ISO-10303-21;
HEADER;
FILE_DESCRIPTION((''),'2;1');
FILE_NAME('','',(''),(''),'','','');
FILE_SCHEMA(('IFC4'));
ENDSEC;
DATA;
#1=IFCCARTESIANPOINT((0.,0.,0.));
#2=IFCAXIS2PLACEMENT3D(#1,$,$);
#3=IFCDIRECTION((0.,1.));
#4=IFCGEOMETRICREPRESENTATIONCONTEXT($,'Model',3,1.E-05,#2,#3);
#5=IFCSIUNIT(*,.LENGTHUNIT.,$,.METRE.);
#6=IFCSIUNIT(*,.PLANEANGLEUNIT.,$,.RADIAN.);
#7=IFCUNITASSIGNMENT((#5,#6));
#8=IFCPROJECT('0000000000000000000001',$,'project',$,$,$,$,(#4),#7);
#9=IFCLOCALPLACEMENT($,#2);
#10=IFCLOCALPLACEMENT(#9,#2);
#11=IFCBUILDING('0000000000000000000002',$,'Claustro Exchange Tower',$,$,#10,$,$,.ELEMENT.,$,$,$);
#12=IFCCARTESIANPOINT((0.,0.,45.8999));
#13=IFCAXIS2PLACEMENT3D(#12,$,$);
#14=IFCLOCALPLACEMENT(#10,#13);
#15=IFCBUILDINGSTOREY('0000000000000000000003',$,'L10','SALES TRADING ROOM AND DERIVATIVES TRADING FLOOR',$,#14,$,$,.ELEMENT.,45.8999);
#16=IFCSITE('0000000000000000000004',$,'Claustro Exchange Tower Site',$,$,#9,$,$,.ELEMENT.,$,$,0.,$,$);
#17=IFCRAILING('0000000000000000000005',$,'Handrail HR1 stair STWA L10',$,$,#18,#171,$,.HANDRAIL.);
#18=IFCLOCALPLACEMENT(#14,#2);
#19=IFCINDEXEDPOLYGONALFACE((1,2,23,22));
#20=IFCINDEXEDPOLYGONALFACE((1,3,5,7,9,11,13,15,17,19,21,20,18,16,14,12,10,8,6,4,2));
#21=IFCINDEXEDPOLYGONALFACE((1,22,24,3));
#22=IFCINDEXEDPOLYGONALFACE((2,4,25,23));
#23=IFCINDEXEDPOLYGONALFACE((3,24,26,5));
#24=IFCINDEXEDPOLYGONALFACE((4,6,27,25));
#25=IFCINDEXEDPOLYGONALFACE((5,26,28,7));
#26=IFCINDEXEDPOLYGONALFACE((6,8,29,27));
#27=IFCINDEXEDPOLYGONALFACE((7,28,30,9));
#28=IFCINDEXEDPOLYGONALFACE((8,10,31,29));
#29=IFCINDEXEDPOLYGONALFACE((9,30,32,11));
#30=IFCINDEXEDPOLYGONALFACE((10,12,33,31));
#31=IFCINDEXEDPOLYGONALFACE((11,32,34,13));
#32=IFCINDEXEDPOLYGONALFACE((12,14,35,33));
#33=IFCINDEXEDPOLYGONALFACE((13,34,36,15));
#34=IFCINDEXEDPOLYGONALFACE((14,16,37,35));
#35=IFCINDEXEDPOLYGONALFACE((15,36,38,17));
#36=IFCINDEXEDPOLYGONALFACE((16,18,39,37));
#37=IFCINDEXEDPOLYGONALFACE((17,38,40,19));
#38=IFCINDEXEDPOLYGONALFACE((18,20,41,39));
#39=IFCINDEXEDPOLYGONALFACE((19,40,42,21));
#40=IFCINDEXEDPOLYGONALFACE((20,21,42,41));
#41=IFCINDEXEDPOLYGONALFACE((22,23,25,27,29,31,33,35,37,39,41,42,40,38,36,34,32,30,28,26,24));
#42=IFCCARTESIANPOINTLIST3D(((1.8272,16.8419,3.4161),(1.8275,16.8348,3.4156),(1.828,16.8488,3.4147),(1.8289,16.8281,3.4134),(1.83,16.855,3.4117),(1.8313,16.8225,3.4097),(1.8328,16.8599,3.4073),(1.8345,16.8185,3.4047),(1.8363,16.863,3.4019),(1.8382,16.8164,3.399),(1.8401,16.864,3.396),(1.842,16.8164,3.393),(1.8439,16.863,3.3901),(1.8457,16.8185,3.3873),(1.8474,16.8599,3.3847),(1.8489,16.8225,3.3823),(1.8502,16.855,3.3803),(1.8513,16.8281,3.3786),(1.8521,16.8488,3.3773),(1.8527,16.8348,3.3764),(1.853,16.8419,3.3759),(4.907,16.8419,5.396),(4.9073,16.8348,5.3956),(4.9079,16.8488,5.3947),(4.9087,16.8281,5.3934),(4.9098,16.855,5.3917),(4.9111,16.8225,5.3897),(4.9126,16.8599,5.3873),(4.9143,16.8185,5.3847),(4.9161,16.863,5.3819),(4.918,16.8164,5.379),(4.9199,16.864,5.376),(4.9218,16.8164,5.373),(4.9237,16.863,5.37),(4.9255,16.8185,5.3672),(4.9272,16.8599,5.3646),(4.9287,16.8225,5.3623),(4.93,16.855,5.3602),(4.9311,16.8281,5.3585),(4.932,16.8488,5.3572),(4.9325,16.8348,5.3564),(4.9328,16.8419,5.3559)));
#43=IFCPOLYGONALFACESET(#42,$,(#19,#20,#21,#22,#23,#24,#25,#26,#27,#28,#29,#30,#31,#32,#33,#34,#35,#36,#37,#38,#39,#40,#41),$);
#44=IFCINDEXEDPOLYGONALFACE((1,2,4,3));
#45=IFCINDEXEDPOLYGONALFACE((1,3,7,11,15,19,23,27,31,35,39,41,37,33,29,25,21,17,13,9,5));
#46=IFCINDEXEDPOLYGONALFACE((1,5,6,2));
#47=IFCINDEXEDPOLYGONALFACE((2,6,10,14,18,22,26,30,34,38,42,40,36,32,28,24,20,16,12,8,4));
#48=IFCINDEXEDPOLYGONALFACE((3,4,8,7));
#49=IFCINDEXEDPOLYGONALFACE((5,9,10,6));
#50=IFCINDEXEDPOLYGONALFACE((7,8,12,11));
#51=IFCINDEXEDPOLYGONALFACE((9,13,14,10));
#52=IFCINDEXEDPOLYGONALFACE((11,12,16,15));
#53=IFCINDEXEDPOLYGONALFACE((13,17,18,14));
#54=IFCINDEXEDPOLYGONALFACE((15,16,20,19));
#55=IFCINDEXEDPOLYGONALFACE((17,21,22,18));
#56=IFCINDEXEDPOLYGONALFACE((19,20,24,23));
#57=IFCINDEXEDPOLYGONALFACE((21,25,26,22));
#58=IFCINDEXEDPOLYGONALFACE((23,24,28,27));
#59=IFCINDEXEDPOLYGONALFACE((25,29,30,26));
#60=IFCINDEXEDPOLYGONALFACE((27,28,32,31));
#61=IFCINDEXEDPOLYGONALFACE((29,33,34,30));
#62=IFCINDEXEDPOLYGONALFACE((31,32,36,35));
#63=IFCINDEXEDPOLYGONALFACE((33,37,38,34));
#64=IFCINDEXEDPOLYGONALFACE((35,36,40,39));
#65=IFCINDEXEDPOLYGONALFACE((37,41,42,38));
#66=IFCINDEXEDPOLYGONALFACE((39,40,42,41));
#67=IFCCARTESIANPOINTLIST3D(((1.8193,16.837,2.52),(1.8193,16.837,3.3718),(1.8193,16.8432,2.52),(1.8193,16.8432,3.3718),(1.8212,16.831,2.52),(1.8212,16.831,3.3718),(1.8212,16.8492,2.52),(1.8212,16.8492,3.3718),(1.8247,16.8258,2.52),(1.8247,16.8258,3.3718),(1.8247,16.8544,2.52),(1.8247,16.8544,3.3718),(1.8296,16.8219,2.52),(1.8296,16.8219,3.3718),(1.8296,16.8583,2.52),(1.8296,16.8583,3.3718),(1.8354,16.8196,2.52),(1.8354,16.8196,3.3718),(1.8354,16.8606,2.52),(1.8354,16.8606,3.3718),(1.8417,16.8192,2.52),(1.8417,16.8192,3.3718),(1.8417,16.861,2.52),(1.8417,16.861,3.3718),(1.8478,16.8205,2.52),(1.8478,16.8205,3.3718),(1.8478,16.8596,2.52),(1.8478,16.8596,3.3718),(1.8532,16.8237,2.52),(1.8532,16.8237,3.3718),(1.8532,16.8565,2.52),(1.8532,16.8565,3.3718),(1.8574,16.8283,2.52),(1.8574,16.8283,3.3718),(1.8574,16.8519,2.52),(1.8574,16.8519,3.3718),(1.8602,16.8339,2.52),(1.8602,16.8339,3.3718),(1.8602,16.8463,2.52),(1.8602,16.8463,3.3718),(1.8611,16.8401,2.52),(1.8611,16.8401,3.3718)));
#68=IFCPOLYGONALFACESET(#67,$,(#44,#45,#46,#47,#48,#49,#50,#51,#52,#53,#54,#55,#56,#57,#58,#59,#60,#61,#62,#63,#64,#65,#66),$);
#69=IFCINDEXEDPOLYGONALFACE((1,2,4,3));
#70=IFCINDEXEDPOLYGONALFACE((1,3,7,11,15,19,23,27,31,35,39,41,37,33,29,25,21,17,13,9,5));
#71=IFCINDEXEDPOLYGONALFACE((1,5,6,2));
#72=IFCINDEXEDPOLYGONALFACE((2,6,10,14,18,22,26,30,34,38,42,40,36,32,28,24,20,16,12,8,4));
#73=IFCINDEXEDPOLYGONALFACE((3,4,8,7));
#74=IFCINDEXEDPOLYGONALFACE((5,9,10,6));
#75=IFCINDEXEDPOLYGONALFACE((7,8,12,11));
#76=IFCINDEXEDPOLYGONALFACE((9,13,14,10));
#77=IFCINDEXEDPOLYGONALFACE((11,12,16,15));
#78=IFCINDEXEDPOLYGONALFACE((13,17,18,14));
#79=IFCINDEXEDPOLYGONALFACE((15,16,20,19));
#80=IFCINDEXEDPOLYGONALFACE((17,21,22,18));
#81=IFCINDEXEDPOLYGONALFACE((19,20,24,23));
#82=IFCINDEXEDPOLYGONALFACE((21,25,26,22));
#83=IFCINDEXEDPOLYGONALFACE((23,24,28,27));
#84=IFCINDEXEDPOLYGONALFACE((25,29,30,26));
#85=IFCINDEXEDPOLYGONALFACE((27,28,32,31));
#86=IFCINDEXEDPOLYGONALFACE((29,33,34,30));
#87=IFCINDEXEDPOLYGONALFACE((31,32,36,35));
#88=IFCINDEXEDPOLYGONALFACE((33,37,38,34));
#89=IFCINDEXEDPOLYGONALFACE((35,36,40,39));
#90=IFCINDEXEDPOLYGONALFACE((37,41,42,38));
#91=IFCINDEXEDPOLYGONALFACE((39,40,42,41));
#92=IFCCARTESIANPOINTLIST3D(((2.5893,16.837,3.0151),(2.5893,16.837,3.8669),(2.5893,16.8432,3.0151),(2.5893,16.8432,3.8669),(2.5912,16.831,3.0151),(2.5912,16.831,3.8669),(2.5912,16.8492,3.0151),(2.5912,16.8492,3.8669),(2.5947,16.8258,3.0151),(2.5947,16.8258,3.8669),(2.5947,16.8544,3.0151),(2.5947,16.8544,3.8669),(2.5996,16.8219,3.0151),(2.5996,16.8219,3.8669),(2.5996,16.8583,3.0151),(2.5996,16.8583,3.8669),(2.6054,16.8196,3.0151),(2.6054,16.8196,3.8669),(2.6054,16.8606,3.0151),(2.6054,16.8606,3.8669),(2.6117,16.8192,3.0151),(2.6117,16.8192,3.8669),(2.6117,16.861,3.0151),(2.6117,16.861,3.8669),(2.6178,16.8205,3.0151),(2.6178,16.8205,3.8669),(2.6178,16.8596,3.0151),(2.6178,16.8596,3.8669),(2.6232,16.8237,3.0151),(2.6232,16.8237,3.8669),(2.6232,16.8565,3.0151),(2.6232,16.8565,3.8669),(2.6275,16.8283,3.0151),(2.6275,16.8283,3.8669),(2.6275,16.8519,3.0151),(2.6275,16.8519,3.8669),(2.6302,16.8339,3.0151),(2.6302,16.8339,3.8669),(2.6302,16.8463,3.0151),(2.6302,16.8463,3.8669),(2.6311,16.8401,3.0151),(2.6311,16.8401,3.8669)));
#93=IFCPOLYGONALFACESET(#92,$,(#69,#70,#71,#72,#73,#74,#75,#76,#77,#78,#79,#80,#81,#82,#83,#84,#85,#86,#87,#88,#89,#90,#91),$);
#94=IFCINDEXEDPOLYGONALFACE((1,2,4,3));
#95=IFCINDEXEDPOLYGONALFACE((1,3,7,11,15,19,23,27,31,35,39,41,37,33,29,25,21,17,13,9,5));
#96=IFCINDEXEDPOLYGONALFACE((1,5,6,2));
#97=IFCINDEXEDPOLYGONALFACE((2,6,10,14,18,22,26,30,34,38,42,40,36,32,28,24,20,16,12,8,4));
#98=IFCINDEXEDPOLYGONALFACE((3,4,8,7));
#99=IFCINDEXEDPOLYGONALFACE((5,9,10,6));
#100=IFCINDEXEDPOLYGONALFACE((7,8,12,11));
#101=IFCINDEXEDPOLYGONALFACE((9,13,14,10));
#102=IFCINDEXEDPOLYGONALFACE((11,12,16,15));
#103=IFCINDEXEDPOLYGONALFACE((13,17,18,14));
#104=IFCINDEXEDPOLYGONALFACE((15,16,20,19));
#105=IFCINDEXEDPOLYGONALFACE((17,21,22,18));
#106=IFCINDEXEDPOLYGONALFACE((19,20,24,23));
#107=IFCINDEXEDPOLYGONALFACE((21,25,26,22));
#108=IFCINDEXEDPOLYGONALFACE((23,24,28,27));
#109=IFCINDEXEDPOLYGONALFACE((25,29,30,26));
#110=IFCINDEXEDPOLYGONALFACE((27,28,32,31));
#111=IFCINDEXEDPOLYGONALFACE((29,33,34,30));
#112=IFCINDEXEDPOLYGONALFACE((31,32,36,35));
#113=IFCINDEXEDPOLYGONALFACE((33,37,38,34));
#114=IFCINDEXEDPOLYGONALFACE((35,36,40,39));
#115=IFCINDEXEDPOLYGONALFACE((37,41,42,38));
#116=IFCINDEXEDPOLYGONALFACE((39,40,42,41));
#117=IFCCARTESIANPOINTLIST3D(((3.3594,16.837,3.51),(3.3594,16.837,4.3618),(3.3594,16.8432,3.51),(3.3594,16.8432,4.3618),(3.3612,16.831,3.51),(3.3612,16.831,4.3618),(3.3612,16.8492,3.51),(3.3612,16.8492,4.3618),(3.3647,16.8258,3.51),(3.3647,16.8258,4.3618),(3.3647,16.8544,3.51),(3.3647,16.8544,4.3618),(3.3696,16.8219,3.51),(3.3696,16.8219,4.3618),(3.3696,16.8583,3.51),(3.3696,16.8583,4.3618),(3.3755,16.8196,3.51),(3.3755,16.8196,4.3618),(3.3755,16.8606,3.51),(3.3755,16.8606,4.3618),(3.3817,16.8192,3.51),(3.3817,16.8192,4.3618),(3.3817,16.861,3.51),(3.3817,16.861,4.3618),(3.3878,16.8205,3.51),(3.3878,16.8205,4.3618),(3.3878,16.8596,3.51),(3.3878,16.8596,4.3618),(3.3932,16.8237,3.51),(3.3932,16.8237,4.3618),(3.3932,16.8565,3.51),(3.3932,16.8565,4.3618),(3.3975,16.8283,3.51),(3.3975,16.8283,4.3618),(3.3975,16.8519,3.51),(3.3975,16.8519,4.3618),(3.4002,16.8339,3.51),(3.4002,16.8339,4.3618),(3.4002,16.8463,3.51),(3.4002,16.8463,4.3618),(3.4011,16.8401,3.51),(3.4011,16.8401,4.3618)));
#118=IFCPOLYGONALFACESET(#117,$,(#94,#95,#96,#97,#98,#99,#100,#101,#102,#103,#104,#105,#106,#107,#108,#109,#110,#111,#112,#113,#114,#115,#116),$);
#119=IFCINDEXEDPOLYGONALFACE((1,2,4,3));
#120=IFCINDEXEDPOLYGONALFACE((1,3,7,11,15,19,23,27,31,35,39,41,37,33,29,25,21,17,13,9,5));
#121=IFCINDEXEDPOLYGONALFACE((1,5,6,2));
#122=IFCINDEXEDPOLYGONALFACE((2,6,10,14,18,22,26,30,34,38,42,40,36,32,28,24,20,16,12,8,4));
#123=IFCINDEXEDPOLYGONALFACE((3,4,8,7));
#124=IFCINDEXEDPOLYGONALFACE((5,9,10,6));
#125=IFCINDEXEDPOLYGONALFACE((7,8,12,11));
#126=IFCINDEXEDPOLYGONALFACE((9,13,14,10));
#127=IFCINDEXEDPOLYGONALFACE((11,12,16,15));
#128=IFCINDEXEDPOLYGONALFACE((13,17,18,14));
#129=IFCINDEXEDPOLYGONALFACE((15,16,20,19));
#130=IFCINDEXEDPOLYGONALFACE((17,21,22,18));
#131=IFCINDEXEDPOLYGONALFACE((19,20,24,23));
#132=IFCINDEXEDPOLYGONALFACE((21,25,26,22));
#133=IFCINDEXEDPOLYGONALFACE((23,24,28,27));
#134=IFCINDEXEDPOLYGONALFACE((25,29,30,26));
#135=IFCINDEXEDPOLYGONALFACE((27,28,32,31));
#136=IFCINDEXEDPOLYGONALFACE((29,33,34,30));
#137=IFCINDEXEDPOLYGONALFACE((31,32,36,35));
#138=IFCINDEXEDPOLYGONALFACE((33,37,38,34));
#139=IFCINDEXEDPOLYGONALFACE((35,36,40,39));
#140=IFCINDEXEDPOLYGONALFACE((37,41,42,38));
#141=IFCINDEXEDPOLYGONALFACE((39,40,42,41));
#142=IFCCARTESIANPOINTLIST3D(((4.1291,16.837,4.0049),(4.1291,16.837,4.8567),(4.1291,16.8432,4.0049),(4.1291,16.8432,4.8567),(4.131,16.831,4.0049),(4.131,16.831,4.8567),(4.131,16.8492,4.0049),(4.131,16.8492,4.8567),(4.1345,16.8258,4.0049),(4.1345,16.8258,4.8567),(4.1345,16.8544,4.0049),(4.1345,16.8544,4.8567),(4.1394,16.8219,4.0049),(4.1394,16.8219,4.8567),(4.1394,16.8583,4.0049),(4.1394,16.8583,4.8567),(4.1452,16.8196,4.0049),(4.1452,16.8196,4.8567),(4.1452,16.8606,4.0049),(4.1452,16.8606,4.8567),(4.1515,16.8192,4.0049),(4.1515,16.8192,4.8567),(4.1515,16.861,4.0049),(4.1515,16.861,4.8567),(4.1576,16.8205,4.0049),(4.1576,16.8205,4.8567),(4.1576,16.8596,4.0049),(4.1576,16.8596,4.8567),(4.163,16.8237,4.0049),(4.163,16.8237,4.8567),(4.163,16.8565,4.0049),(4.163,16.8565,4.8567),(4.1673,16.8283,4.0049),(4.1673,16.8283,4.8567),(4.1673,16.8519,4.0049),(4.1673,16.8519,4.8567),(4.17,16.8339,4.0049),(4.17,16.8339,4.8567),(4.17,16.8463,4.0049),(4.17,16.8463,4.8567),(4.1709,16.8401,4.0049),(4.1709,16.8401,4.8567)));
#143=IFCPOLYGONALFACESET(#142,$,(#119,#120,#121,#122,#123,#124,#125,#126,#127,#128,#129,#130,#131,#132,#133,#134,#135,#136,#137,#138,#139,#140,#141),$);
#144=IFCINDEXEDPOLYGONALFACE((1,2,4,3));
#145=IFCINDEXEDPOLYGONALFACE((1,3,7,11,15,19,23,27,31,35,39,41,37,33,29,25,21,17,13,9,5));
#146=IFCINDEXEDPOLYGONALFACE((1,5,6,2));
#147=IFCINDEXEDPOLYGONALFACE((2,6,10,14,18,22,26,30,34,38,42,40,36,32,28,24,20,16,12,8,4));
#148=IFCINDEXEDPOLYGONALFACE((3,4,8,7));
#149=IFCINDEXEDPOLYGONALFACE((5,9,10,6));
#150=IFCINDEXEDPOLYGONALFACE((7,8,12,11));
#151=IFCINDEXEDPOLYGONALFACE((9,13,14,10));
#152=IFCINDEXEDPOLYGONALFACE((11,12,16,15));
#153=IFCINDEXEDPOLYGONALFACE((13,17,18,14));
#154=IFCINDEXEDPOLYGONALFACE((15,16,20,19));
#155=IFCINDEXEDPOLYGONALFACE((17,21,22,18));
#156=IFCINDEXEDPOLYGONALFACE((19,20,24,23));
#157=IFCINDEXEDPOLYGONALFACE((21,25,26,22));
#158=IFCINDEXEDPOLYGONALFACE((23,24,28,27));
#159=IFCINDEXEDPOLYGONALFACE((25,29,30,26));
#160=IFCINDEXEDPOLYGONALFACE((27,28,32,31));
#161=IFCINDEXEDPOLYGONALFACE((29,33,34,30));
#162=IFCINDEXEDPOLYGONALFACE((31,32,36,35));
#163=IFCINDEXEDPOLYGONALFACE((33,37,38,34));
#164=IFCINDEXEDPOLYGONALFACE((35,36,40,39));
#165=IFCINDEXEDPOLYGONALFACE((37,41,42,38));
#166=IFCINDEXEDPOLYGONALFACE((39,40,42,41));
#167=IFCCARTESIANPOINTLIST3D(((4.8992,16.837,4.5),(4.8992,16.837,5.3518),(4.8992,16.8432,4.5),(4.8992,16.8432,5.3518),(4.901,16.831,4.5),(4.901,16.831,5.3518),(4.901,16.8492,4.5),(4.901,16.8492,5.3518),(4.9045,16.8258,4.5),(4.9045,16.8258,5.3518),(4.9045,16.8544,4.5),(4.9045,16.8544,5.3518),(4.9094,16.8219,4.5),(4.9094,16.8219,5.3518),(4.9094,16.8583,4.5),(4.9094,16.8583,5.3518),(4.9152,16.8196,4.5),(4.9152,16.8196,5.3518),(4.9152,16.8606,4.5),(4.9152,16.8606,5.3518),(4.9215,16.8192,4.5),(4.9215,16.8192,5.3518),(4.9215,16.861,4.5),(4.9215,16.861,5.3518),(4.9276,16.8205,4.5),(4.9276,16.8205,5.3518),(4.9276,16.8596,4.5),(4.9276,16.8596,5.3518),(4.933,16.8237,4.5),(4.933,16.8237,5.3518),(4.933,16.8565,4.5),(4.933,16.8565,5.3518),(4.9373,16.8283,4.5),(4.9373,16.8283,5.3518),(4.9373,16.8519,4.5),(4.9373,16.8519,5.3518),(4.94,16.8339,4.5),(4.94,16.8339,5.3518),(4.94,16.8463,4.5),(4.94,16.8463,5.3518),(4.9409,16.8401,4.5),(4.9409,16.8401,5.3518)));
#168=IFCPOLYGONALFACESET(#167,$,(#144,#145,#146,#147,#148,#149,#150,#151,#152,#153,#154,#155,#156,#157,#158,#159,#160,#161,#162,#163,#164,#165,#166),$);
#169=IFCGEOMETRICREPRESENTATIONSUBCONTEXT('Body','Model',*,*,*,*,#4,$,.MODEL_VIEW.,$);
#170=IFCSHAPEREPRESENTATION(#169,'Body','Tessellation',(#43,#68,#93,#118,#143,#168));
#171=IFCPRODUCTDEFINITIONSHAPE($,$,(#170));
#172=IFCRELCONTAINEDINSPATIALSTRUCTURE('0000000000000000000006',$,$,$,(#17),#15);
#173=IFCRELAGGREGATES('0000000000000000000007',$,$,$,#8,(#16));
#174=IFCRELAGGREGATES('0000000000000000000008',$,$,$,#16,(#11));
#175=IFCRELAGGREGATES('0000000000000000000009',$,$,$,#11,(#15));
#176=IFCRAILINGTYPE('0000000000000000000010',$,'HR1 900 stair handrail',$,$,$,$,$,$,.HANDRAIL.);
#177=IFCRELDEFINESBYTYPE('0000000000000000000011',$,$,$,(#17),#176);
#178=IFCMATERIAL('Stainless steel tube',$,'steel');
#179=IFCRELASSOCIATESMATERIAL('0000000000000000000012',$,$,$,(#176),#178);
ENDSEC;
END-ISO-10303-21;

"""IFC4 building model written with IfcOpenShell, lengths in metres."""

from ifc_helpers import new_model, si_unit, direction, frame, origin, origin_2d, place, context, subcontext, project, spatial, circle, extrude, material, type_object, element, save


model = new_model("IFC4")

# Units and contexts
model_context = context("Model", 3, precision=1e-05, world=origin(), true_north=direction((0.0, 1.0)))
body_context = subcontext(model_context, "Body", "Model", "MODEL_VIEW")
ifc_project = project(units=[si_unit("LENGTHUNIT", "METRE"), si_unit("PLANEANGLEUNIT", "RADIAN")], contexts=[model_context])

# Site, building, storey
site_placement = place(None, origin())
site = spatial("IfcSite", under=ifc_project, at=site_placement, Name="Claustro Exchange Tower Site", CompositionType="ELEMENT", RefElevation=0.0)
building_placement = place(site_placement, origin())
building = spatial("IfcBuilding", under=site, at=building_placement, Name="Claustro Exchange Tower", CompositionType="ELEMENT")
storey_placement = place(building_placement, frame((0.0, 0.0, 45.8999)))
storey = spatial("IfcBuildingStorey", under=building, at=storey_placement, Name="L10", Description="SALES TRADING ROOM AND DERIVATIVES TRADING FLOOR", CompositionType="ELEMENT", Elevation=45.8999)

# Railing
ifc_material_1 = material(Name="Stainless steel tube", Category="steel")
railing_type_1 = type_object("IfcRailingType", Name="HR1 900 stair handrail", PredefinedType="HANDRAIL", material=ifc_material_1)
railing_1_placement = place(storey_placement, frame((1.8401, 16.8401, 2.52)))
element("IfcRailing", 1, at=railing_1_placement, inside=storey, type_object=railing_type_1, Name="Handrail HR1 stair STWA L10", PredefinedType="HANDRAIL", context=body_context, shape_type="SweptSolid", body=[
    extrude(circle(Radius=0.0239, at=origin_2d()), frame((0.0, 0.0, 0.876), z_axis=(0.841168, 0.0, 0.540774), x_axis=(0.0, 1.0, 0.0)), (0.0, 0.0, 1.0), 3.6614),
    extrude(circle(Radius=0.021, at=origin_2d()), origin(), (0.0, 0.0, 1.0), 0.8518),
    extrude(circle(Radius=0.021, at=origin_2d()), frame((0.77, 0.0, 0.4951)), (0.0, 0.0, 1.0), 0.8518),
    extrude(circle(Radius=0.021, at=origin_2d()), frame((1.54, 0.0, 0.99)), (0.0, 0.0, 1.0), 0.8518),
    extrude(circle(Radius=0.021, at=origin_2d()), frame((2.3098, 0.0, 1.4849)), (0.0, 0.0, 1.0), 0.8518),
    extrude(circle(Radius=0.021, at=origin_2d()), frame((3.0798, 0.0, 1.98)), (0.0, 0.0, 1.0), 0.8518),
])

save(model, "model.ifc")
